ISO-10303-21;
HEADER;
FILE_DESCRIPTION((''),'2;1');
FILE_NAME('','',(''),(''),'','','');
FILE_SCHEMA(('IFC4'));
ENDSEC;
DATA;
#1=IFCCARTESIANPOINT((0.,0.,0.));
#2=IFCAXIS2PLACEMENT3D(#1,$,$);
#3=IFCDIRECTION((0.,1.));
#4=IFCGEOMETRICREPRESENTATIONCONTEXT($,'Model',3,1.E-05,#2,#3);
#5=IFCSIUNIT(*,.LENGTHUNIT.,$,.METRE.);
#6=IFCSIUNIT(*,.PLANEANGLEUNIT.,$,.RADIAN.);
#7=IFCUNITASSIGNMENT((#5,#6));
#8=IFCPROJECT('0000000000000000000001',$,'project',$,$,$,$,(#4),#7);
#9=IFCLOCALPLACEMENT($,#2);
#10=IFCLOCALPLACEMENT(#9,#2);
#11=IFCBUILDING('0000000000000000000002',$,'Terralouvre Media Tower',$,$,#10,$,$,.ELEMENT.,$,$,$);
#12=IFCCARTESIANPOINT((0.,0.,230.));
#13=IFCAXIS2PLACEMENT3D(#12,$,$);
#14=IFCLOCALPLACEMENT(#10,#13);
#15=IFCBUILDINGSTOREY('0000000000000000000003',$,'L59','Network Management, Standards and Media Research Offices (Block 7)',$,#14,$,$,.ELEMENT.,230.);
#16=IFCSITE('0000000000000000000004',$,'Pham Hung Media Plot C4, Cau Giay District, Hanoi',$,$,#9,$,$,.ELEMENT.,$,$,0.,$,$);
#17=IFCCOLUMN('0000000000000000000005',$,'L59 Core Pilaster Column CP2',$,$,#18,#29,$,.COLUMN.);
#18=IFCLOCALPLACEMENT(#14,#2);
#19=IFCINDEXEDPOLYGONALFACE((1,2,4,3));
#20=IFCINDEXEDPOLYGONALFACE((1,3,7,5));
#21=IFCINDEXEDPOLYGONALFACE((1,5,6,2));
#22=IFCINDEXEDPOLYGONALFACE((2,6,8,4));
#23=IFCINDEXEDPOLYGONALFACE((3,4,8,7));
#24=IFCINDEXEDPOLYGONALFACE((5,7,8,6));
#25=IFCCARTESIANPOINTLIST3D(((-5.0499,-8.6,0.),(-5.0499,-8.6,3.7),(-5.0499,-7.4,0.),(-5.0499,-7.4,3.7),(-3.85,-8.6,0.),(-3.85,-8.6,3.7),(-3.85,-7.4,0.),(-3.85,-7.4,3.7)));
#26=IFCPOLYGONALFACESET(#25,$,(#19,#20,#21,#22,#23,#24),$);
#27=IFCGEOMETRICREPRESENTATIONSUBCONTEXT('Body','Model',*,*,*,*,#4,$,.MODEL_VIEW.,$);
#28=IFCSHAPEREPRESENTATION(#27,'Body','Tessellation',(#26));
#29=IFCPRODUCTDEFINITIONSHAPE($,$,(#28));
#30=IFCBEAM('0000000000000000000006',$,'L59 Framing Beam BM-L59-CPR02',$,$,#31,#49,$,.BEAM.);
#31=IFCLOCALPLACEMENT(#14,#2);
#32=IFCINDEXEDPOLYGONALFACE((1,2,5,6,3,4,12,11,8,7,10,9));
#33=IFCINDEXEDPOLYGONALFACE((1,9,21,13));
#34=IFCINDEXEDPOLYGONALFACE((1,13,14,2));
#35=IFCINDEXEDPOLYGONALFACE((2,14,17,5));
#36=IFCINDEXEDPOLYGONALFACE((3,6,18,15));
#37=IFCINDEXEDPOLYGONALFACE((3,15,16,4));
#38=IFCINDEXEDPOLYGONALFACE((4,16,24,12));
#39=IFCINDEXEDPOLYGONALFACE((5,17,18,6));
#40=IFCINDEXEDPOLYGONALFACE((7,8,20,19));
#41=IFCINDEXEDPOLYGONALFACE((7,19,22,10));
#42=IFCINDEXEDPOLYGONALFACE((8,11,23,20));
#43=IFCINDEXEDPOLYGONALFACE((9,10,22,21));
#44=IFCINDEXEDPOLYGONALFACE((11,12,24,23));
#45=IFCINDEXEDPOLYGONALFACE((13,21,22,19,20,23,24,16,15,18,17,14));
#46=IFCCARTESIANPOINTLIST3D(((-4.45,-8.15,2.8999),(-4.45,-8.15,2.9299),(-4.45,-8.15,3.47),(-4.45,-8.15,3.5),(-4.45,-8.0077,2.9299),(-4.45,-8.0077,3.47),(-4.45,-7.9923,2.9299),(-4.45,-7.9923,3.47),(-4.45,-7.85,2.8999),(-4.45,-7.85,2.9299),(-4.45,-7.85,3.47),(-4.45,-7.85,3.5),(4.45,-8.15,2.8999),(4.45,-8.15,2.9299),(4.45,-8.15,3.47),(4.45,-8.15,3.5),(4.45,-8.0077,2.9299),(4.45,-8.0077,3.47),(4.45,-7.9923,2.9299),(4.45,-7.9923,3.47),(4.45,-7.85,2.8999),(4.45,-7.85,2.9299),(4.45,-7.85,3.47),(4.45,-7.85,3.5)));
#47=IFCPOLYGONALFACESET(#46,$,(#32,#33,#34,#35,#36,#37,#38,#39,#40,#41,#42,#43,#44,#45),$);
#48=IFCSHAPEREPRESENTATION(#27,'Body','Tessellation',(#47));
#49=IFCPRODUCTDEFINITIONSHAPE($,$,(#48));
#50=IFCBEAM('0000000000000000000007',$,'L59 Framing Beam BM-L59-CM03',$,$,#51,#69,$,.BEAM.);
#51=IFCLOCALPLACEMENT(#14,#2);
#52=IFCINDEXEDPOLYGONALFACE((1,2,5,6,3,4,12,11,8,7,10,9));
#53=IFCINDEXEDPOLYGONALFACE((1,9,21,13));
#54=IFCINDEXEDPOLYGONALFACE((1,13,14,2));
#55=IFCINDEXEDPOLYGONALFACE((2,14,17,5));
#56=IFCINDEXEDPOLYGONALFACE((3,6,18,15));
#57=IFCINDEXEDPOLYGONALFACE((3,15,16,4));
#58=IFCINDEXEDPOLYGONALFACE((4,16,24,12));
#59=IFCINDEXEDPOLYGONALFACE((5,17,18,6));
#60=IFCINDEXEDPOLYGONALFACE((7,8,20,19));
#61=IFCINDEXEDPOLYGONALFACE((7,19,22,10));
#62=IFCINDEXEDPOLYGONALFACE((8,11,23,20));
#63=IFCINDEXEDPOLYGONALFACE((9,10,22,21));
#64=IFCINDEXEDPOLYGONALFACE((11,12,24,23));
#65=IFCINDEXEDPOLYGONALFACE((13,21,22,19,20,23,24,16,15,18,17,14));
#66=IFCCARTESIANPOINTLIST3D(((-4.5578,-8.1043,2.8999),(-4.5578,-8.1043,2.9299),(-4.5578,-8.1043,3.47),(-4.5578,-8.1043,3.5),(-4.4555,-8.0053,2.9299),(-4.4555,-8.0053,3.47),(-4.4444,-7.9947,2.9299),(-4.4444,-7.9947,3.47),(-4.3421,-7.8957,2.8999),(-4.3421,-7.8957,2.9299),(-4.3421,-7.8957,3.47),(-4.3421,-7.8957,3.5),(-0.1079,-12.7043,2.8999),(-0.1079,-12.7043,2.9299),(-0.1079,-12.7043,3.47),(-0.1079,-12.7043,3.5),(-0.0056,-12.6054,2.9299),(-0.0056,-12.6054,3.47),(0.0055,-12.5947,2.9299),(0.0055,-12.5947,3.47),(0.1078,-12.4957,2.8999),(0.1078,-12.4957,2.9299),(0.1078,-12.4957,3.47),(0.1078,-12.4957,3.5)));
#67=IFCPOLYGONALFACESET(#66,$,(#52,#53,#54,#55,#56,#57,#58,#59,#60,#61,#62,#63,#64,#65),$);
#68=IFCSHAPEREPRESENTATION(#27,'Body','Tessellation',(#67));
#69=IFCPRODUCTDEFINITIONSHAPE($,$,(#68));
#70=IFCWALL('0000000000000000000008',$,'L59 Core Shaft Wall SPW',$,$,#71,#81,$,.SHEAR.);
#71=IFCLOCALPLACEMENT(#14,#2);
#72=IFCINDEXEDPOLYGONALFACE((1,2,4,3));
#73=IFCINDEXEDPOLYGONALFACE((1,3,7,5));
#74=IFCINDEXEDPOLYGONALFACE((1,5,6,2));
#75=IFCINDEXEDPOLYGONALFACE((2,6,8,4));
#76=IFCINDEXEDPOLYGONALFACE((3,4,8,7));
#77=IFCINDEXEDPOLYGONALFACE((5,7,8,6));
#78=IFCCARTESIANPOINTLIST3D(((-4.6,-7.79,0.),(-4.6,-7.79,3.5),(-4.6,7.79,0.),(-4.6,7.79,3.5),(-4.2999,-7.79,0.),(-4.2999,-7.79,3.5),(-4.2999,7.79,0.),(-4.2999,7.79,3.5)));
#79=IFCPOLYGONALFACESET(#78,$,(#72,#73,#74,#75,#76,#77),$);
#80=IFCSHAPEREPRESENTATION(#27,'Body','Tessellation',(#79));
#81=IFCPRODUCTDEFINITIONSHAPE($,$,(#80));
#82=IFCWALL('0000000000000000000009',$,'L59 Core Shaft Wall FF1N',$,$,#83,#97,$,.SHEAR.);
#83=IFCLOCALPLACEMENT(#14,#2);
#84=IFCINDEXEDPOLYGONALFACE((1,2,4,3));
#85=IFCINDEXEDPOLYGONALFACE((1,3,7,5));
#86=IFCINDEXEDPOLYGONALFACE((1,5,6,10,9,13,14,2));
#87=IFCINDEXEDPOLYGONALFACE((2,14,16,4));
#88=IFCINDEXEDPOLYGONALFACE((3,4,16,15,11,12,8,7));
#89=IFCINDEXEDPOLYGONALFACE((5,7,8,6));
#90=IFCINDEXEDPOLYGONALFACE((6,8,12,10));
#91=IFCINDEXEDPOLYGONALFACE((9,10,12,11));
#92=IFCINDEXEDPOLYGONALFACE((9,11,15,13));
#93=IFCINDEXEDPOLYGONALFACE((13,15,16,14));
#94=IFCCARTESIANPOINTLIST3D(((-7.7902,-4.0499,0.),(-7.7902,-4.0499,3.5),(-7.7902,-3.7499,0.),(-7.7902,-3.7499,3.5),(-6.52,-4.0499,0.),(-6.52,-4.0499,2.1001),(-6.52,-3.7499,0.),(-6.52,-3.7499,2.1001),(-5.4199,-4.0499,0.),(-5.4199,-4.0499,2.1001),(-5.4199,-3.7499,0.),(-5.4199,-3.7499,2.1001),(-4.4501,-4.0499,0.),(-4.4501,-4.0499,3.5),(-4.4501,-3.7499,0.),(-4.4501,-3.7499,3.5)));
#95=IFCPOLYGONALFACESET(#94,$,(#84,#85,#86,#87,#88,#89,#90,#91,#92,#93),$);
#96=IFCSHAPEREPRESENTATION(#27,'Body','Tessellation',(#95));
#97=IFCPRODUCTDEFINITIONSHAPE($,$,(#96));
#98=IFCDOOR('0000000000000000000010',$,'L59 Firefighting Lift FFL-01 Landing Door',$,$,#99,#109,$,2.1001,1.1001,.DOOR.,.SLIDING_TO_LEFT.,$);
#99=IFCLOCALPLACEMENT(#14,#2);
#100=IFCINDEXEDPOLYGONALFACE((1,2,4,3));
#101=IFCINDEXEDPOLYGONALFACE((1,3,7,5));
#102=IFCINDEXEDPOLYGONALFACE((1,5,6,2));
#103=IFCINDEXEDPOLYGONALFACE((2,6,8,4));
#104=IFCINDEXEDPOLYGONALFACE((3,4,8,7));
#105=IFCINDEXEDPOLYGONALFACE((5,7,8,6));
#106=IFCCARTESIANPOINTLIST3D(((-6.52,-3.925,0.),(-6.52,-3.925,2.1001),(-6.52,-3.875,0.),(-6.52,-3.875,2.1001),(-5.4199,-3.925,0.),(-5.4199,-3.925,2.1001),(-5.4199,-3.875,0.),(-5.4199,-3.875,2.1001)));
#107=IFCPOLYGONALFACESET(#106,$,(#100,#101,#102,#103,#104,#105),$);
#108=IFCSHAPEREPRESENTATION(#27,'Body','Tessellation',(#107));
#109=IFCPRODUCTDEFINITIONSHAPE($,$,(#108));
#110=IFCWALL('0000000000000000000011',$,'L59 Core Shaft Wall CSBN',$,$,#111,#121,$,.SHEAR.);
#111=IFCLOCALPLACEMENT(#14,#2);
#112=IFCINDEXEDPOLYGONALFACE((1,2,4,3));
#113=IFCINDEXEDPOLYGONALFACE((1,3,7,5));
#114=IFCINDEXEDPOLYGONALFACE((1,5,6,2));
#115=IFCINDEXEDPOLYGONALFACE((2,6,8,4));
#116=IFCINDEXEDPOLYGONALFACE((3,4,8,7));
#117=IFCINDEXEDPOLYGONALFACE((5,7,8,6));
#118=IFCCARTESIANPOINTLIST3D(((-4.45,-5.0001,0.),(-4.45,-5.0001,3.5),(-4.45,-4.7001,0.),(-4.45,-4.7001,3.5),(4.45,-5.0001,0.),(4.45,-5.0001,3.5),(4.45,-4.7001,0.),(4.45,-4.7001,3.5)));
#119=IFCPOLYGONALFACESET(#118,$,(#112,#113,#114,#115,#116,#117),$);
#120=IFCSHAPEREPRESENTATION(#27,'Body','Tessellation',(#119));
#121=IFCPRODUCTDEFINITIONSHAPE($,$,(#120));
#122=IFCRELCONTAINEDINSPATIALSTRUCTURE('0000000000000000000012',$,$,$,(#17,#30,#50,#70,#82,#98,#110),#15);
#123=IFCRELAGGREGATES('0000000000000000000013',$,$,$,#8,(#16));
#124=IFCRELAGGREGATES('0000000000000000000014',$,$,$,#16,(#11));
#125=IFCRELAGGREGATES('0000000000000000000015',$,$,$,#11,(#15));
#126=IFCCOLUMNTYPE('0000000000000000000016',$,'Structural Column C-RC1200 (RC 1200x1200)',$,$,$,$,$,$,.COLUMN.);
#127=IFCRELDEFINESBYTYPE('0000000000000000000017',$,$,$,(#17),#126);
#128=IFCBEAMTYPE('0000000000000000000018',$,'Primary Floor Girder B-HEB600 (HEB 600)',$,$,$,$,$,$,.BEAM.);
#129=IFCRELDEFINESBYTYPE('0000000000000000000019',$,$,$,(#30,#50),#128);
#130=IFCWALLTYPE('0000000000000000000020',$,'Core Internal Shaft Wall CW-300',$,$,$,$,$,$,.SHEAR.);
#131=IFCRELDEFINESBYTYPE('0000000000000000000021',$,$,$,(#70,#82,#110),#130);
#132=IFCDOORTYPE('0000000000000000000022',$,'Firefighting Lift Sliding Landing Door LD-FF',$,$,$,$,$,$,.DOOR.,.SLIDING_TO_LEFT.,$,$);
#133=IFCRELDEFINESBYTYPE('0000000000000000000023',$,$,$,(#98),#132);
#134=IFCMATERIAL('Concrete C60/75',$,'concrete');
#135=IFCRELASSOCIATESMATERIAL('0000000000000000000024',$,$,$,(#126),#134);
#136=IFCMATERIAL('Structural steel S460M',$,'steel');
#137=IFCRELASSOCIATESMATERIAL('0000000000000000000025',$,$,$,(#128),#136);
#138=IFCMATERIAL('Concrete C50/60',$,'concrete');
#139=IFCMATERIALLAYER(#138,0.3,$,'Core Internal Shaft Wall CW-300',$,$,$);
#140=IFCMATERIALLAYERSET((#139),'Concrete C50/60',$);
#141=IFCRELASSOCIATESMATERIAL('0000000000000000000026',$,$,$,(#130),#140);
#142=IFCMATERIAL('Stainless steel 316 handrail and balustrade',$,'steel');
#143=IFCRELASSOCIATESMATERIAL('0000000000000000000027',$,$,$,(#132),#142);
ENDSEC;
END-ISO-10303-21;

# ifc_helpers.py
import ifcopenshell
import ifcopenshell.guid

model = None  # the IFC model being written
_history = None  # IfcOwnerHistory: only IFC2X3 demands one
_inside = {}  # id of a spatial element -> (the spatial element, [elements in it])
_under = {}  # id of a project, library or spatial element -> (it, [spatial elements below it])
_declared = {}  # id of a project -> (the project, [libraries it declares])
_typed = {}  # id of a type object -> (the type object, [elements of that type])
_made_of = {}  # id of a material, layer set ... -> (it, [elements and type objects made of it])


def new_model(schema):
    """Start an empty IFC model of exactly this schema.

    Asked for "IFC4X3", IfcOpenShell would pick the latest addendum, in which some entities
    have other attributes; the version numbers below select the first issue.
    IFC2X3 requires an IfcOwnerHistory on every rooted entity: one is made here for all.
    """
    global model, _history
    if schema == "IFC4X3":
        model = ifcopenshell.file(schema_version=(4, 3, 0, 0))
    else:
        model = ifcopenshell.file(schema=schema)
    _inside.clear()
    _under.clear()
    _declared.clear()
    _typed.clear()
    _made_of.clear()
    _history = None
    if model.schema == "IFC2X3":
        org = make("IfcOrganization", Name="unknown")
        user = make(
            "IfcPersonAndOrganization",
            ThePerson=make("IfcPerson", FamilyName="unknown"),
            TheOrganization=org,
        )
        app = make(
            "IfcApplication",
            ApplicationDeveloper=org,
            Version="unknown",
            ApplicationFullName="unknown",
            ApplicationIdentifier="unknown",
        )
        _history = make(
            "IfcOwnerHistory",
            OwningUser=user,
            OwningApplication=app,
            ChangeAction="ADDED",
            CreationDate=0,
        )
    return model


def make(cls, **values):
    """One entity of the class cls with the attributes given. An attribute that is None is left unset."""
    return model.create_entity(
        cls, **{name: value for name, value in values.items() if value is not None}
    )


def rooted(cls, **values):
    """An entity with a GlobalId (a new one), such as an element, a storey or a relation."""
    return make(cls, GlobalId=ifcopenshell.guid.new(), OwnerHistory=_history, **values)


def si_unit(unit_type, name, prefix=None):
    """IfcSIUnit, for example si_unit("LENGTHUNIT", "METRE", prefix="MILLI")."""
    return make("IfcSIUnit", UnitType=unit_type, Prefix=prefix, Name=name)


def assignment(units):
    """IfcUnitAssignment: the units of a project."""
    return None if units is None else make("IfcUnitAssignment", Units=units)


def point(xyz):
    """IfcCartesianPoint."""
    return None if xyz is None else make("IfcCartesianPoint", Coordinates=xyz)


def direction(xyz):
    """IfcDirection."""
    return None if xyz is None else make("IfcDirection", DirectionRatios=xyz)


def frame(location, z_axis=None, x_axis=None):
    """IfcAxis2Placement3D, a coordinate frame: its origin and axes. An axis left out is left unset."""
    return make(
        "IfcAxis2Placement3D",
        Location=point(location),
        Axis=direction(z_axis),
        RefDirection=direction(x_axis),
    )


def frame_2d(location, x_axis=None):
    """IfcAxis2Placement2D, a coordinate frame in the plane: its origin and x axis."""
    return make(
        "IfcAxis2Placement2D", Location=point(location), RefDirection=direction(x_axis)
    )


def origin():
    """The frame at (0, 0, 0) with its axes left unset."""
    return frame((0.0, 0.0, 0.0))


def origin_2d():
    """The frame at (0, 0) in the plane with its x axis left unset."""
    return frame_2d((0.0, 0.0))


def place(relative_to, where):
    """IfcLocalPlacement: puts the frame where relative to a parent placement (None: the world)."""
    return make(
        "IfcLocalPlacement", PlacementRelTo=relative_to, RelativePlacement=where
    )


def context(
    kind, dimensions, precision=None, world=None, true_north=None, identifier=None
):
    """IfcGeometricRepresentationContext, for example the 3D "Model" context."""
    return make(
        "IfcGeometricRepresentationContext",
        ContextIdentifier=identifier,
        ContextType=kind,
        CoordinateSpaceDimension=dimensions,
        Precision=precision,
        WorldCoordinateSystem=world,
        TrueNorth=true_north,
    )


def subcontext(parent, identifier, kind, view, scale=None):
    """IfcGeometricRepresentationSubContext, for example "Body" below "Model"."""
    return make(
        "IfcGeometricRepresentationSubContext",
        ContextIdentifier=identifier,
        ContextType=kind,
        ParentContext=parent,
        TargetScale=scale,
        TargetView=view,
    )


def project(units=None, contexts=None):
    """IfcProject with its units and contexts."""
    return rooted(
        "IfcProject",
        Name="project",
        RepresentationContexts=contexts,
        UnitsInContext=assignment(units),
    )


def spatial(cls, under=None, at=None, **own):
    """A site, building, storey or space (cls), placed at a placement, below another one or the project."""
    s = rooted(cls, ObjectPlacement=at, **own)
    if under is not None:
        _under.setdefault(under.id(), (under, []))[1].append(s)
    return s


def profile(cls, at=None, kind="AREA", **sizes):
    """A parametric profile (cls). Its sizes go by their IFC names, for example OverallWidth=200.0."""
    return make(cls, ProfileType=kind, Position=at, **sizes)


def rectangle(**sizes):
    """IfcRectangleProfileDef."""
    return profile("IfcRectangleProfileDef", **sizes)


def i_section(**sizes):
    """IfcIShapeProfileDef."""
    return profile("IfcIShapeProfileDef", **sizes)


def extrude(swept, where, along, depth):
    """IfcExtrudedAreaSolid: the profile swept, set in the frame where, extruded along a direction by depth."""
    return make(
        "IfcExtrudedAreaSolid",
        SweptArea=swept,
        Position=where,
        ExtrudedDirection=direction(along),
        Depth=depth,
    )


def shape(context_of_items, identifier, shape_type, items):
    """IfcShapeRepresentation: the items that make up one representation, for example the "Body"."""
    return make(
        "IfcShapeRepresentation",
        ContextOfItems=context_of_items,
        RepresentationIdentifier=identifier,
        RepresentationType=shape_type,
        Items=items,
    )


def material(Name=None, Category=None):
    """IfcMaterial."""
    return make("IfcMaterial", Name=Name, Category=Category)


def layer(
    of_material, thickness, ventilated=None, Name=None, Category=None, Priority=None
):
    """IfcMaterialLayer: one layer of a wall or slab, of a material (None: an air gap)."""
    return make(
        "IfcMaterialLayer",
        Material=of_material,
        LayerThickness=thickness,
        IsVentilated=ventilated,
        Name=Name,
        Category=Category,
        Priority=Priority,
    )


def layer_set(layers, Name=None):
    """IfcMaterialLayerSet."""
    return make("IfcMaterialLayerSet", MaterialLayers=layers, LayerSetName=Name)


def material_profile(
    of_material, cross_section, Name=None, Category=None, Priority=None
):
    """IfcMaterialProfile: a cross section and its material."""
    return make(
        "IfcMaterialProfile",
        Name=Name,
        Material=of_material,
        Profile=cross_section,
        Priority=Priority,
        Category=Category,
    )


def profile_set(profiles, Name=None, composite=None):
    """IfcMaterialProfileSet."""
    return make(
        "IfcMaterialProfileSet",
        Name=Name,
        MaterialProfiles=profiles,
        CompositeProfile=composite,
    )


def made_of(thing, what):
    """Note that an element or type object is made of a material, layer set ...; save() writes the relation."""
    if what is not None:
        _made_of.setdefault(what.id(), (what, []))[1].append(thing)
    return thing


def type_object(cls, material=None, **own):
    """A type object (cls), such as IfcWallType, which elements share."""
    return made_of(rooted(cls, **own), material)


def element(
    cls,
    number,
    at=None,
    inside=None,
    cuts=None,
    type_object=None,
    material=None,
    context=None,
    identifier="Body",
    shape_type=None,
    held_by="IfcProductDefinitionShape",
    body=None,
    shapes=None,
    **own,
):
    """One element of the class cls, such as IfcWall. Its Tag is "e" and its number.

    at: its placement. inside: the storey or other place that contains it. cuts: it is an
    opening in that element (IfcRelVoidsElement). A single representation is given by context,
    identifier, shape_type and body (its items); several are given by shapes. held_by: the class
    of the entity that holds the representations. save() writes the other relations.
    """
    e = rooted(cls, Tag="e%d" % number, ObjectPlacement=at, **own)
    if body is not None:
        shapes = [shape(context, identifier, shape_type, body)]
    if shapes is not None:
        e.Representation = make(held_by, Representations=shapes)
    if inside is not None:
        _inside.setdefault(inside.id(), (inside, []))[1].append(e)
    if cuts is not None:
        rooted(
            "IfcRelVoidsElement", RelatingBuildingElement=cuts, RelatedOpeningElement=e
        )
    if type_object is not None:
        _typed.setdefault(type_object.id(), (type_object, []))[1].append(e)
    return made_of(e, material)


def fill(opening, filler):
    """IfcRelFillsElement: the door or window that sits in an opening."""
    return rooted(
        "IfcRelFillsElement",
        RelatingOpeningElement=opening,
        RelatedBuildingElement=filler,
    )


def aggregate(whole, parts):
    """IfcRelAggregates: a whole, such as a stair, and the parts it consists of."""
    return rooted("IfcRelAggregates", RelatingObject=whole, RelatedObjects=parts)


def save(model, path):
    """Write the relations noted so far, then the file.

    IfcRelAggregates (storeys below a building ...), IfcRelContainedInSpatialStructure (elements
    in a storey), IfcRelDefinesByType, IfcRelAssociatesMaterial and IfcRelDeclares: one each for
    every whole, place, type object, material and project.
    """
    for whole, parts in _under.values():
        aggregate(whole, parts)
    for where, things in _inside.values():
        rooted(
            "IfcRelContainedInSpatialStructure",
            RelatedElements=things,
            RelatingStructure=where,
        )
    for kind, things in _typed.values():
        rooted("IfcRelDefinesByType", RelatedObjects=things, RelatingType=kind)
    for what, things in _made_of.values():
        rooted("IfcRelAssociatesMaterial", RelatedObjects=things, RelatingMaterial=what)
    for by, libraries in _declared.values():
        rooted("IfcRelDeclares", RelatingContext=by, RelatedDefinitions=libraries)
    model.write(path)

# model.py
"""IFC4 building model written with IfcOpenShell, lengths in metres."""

from ifc_helpers import new_model, si_unit, direction, frame, frame_2d, origin, origin_2d, place, context, subcontext, project, spatial, rectangle, i_section, extrude, material, layer, layer_set, material_profile, profile_set, type_object, element, fill, save


model = new_model("IFC4")

# Units and contexts
model_context = context("Model", 3, precision=1e-05, world=origin(), true_north=direction((0.0, 1.0)))
body_context = subcontext(model_context, "Body", "Model", "MODEL_VIEW")
ifc_project = project(units=[si_unit("LENGTHUNIT", "METRE"), si_unit("PLANEANGLEUNIT", "RADIAN")], contexts=[model_context])

# Site, building, storey
site_placement = place(None, origin())
site = spatial("IfcSite", under=ifc_project, at=site_placement, Name="Pham Hung Media Plot C4, Cau Giay District, Hanoi", CompositionType="ELEMENT", RefElevation=0.0)
building_placement = place(site_placement, origin())
building = spatial("IfcBuilding", under=site, at=building_placement, Name="Terralouvre Media Tower", CompositionType="ELEMENT")
storey_placement = place(building_placement, frame((0.0, 0.0, 230.0)))
storey = spatial("IfcBuildingStorey", under=building, at=storey_placement, Name="L59", Description="Network Management, Standards and Media Research Offices (Block 7)", CompositionType="ELEMENT", Elevation=230.0)

# Column
ifc_material_1 = material(Name="Concrete C60/75", Category="concrete")
ifc_material_profile_1 = material_profile(ifc_material_1, rectangle(XDim=1.2, YDim=1.2, at=origin_2d()), Name="RC 1200x1200")
ifc_profile_set_1 = profile_set([ifc_material_profile_1], Name="Concrete C60/75")
column_type = type_object("IfcColumnType", Name="Structural Column C-RC1200 (RC 1200x1200)", PredefinedType="COLUMN", material=ifc_profile_set_1)
column_placement = place(storey_placement, frame((-4.45, -8.0, 0.0), z_axis=(0.0, 0.0, 1.0), x_axis=(1.0, 0.0, 0.0)))
element("IfcColumn", 1, at=column_placement, inside=storey, type_object=column_type, Name="L59 Core Pilaster Column CP2", PredefinedType="COLUMN", context=body_context, shape_type="SweptSolid", body=[
    extrude(rectangle(XDim=1.2, YDim=1.2, at=origin_2d()), origin(), (0.0, 0.0, 1.0), 3.7),
])

# Beams
ifc_material_2 = material(Name="Structural steel S460M", Category="steel")
ifc_material_profile_2 = material_profile(ifc_material_2, i_section(OverallWidth=0.3, OverallDepth=0.6001, WebThickness=0.0154, FlangeThickness=0.03, at=origin_2d()), Name="HEB 600")
ifc_profile_set_2 = profile_set([ifc_material_profile_2], Name="Structural steel S460M")
beam_type = type_object("IfcBeamType", Name="Primary Floor Girder B-HEB600 (HEB 600)", PredefinedType="BEAM", material=ifc_profile_set_2)
beam_1_placement = place(storey_placement, frame((-4.45, -8.0, 3.2), z_axis=(1.0, 0.0, 0.0), x_axis=(0.0, 1.0, 0.0)))
element("IfcBeam", 2, at=beam_1_placement, inside=storey, type_object=beam_type, Name="L59 Framing Beam BM-L59-CPR02", PredefinedType="BEAM", context=body_context, shape_type="SweptSolid", body=[
    extrude(i_section(OverallWidth=0.3, OverallDepth=0.6001, WebThickness=0.0154, FlangeThickness=0.03, at=origin_2d()), origin(), (0.0, 0.0, 1.0), 8.8999),
])
beam_2_placement = place(storey_placement, frame((-4.45, -8.0, 3.2), z_axis=(0.69528, -0.718739, 0.0), x_axis=(0.718739, 0.69528, 0.0)))
element("IfcBeam", 3, at=beam_2_placement, inside=storey, type_object=beam_type, Name="L59 Framing Beam BM-L59-CM03", PredefinedType="BEAM", context=body_context, shape_type="SweptSolid", body=[
    extrude(i_section(OverallWidth=0.3, OverallDepth=0.6001, WebThickness=0.0154, FlangeThickness=0.03, at=origin_2d()), origin(), (0.0, 0.0, 1.0), 6.4001),
])

# Wall
ifc_material_3 = material(Name="Concrete C50/60", Category="concrete")
ifc_layer_1 = layer(ifc_material_3, 0.3, Name="Core Internal Shaft Wall CW-300")
ifc_layer_set_1 = layer_set([ifc_layer_1], Name="Concrete C50/60")
wall_type_1 = type_object("IfcWallType", Name="Core Internal Shaft Wall CW-300", PredefinedType="SHEAR", material=ifc_layer_set_1)
wall_1_placement = place(storey_placement, frame((-4.45, -7.79, 0.0), z_axis=(0.0, 0.0, 1.0), x_axis=(0.0, 1.0, 0.0)))
element("IfcWall", 4, at=wall_1_placement, inside=storey, type_object=wall_type_1, Name="L59 Core Shaft Wall SPW", PredefinedType="SHEAR", context=body_context, shape_type="SweptSolid", body=[
    extrude(rectangle(XDim=15.5801, YDim=0.3, at=frame_2d((7.79, 0.0))), origin(), (0.0, 0.0, 1.0), 3.5),
])

# Wall, opening, door
wall_2_placement = place(storey_placement, frame((-7.79, -3.8999, 0.0), z_axis=(0.0, 0.0, 1.0), x_axis=(1.0, 0.0, 0.0)))
wall_2 = element("IfcWall", 5, at=wall_2_placement, inside=storey, type_object=wall_type_1, Name="L59 Core Shaft Wall FF1N", PredefinedType="SHEAR", context=body_context, shape_type="SweptSolid", body=[
    extrude(rectangle(XDim=3.3401, YDim=0.3, at=frame_2d((1.6699, 0.0))), origin(), (0.0, 0.0, 1.0), 3.5),
])
opening_1_placement = place(wall_2_placement, frame((1.27, 0.0, 0.0)))
opening_1 = element("IfcOpeningElement", 6, at=opening_1_placement, cuts=wall_2, PredefinedType="OPENING", context=body_context, shape_type="SweptSolid", body=[
    extrude(rectangle(XDim=1.1001, YDim=2.1001, at=frame_2d((0.55, 1.05))), frame((0.0, 0.1599, 0.0), z_axis=(0.0, -1.0, 0.0), x_axis=(1.0, 0.0, 0.0)), (0.0, 0.0, 1.0), 0.3201),
])
ifc_material_4 = material(Name="Stainless steel 316 handrail and balustrade", Category="steel")
door_type_1 = type_object("IfcDoorType", Name="Firefighting Lift Sliding Landing Door LD-FF", OperationType="SLIDING_TO_LEFT", PredefinedType="DOOR", material=ifc_material_4)
door_1_placement = place(opening_1_placement, origin())
door_1 = element("IfcDoor", 7, at=door_1_placement, inside=storey, type_object=door_type_1, Name="L59 Firefighting Lift FFL-01 Landing Door", OperationType="SLIDING_TO_LEFT", OverallHeight=2.1001, OverallWidth=1.1001, PredefinedType="DOOR", context=body_context, shape_type="SweptSolid", body=[
    extrude(rectangle(XDim=1.1001, YDim=2.1001, at=frame_2d((0.55, 1.05))), frame((0.0, 0.0249, 0.0), z_axis=(0.0, -1.0, 0.0), x_axis=(1.0, 0.0, 0.0)), (0.0, 0.0, 1.0), 0.05),
])
fill(opening_1, door_1)

# Wall
wall_3_placement = place(storey_placement, frame((-4.45, -4.8501, 0.0), z_axis=(0.0, 0.0, 1.0), x_axis=(1.0, 0.0, 0.0)))
element("IfcWall", 8, at=wall_3_placement, inside=storey, type_object=wall_type_1, Name="L59 Core Shaft Wall CSBN", PredefinedType="SHEAR", context=body_context, shape_type="SweptSolid", body=[
    extrude(rectangle(XDim=8.8999, YDim=0.3, at=frame_2d((4.45, 0.0))), origin(), (0.0, 0.0, 1.0), 3.5),
])

save(model, "model.ifc")
